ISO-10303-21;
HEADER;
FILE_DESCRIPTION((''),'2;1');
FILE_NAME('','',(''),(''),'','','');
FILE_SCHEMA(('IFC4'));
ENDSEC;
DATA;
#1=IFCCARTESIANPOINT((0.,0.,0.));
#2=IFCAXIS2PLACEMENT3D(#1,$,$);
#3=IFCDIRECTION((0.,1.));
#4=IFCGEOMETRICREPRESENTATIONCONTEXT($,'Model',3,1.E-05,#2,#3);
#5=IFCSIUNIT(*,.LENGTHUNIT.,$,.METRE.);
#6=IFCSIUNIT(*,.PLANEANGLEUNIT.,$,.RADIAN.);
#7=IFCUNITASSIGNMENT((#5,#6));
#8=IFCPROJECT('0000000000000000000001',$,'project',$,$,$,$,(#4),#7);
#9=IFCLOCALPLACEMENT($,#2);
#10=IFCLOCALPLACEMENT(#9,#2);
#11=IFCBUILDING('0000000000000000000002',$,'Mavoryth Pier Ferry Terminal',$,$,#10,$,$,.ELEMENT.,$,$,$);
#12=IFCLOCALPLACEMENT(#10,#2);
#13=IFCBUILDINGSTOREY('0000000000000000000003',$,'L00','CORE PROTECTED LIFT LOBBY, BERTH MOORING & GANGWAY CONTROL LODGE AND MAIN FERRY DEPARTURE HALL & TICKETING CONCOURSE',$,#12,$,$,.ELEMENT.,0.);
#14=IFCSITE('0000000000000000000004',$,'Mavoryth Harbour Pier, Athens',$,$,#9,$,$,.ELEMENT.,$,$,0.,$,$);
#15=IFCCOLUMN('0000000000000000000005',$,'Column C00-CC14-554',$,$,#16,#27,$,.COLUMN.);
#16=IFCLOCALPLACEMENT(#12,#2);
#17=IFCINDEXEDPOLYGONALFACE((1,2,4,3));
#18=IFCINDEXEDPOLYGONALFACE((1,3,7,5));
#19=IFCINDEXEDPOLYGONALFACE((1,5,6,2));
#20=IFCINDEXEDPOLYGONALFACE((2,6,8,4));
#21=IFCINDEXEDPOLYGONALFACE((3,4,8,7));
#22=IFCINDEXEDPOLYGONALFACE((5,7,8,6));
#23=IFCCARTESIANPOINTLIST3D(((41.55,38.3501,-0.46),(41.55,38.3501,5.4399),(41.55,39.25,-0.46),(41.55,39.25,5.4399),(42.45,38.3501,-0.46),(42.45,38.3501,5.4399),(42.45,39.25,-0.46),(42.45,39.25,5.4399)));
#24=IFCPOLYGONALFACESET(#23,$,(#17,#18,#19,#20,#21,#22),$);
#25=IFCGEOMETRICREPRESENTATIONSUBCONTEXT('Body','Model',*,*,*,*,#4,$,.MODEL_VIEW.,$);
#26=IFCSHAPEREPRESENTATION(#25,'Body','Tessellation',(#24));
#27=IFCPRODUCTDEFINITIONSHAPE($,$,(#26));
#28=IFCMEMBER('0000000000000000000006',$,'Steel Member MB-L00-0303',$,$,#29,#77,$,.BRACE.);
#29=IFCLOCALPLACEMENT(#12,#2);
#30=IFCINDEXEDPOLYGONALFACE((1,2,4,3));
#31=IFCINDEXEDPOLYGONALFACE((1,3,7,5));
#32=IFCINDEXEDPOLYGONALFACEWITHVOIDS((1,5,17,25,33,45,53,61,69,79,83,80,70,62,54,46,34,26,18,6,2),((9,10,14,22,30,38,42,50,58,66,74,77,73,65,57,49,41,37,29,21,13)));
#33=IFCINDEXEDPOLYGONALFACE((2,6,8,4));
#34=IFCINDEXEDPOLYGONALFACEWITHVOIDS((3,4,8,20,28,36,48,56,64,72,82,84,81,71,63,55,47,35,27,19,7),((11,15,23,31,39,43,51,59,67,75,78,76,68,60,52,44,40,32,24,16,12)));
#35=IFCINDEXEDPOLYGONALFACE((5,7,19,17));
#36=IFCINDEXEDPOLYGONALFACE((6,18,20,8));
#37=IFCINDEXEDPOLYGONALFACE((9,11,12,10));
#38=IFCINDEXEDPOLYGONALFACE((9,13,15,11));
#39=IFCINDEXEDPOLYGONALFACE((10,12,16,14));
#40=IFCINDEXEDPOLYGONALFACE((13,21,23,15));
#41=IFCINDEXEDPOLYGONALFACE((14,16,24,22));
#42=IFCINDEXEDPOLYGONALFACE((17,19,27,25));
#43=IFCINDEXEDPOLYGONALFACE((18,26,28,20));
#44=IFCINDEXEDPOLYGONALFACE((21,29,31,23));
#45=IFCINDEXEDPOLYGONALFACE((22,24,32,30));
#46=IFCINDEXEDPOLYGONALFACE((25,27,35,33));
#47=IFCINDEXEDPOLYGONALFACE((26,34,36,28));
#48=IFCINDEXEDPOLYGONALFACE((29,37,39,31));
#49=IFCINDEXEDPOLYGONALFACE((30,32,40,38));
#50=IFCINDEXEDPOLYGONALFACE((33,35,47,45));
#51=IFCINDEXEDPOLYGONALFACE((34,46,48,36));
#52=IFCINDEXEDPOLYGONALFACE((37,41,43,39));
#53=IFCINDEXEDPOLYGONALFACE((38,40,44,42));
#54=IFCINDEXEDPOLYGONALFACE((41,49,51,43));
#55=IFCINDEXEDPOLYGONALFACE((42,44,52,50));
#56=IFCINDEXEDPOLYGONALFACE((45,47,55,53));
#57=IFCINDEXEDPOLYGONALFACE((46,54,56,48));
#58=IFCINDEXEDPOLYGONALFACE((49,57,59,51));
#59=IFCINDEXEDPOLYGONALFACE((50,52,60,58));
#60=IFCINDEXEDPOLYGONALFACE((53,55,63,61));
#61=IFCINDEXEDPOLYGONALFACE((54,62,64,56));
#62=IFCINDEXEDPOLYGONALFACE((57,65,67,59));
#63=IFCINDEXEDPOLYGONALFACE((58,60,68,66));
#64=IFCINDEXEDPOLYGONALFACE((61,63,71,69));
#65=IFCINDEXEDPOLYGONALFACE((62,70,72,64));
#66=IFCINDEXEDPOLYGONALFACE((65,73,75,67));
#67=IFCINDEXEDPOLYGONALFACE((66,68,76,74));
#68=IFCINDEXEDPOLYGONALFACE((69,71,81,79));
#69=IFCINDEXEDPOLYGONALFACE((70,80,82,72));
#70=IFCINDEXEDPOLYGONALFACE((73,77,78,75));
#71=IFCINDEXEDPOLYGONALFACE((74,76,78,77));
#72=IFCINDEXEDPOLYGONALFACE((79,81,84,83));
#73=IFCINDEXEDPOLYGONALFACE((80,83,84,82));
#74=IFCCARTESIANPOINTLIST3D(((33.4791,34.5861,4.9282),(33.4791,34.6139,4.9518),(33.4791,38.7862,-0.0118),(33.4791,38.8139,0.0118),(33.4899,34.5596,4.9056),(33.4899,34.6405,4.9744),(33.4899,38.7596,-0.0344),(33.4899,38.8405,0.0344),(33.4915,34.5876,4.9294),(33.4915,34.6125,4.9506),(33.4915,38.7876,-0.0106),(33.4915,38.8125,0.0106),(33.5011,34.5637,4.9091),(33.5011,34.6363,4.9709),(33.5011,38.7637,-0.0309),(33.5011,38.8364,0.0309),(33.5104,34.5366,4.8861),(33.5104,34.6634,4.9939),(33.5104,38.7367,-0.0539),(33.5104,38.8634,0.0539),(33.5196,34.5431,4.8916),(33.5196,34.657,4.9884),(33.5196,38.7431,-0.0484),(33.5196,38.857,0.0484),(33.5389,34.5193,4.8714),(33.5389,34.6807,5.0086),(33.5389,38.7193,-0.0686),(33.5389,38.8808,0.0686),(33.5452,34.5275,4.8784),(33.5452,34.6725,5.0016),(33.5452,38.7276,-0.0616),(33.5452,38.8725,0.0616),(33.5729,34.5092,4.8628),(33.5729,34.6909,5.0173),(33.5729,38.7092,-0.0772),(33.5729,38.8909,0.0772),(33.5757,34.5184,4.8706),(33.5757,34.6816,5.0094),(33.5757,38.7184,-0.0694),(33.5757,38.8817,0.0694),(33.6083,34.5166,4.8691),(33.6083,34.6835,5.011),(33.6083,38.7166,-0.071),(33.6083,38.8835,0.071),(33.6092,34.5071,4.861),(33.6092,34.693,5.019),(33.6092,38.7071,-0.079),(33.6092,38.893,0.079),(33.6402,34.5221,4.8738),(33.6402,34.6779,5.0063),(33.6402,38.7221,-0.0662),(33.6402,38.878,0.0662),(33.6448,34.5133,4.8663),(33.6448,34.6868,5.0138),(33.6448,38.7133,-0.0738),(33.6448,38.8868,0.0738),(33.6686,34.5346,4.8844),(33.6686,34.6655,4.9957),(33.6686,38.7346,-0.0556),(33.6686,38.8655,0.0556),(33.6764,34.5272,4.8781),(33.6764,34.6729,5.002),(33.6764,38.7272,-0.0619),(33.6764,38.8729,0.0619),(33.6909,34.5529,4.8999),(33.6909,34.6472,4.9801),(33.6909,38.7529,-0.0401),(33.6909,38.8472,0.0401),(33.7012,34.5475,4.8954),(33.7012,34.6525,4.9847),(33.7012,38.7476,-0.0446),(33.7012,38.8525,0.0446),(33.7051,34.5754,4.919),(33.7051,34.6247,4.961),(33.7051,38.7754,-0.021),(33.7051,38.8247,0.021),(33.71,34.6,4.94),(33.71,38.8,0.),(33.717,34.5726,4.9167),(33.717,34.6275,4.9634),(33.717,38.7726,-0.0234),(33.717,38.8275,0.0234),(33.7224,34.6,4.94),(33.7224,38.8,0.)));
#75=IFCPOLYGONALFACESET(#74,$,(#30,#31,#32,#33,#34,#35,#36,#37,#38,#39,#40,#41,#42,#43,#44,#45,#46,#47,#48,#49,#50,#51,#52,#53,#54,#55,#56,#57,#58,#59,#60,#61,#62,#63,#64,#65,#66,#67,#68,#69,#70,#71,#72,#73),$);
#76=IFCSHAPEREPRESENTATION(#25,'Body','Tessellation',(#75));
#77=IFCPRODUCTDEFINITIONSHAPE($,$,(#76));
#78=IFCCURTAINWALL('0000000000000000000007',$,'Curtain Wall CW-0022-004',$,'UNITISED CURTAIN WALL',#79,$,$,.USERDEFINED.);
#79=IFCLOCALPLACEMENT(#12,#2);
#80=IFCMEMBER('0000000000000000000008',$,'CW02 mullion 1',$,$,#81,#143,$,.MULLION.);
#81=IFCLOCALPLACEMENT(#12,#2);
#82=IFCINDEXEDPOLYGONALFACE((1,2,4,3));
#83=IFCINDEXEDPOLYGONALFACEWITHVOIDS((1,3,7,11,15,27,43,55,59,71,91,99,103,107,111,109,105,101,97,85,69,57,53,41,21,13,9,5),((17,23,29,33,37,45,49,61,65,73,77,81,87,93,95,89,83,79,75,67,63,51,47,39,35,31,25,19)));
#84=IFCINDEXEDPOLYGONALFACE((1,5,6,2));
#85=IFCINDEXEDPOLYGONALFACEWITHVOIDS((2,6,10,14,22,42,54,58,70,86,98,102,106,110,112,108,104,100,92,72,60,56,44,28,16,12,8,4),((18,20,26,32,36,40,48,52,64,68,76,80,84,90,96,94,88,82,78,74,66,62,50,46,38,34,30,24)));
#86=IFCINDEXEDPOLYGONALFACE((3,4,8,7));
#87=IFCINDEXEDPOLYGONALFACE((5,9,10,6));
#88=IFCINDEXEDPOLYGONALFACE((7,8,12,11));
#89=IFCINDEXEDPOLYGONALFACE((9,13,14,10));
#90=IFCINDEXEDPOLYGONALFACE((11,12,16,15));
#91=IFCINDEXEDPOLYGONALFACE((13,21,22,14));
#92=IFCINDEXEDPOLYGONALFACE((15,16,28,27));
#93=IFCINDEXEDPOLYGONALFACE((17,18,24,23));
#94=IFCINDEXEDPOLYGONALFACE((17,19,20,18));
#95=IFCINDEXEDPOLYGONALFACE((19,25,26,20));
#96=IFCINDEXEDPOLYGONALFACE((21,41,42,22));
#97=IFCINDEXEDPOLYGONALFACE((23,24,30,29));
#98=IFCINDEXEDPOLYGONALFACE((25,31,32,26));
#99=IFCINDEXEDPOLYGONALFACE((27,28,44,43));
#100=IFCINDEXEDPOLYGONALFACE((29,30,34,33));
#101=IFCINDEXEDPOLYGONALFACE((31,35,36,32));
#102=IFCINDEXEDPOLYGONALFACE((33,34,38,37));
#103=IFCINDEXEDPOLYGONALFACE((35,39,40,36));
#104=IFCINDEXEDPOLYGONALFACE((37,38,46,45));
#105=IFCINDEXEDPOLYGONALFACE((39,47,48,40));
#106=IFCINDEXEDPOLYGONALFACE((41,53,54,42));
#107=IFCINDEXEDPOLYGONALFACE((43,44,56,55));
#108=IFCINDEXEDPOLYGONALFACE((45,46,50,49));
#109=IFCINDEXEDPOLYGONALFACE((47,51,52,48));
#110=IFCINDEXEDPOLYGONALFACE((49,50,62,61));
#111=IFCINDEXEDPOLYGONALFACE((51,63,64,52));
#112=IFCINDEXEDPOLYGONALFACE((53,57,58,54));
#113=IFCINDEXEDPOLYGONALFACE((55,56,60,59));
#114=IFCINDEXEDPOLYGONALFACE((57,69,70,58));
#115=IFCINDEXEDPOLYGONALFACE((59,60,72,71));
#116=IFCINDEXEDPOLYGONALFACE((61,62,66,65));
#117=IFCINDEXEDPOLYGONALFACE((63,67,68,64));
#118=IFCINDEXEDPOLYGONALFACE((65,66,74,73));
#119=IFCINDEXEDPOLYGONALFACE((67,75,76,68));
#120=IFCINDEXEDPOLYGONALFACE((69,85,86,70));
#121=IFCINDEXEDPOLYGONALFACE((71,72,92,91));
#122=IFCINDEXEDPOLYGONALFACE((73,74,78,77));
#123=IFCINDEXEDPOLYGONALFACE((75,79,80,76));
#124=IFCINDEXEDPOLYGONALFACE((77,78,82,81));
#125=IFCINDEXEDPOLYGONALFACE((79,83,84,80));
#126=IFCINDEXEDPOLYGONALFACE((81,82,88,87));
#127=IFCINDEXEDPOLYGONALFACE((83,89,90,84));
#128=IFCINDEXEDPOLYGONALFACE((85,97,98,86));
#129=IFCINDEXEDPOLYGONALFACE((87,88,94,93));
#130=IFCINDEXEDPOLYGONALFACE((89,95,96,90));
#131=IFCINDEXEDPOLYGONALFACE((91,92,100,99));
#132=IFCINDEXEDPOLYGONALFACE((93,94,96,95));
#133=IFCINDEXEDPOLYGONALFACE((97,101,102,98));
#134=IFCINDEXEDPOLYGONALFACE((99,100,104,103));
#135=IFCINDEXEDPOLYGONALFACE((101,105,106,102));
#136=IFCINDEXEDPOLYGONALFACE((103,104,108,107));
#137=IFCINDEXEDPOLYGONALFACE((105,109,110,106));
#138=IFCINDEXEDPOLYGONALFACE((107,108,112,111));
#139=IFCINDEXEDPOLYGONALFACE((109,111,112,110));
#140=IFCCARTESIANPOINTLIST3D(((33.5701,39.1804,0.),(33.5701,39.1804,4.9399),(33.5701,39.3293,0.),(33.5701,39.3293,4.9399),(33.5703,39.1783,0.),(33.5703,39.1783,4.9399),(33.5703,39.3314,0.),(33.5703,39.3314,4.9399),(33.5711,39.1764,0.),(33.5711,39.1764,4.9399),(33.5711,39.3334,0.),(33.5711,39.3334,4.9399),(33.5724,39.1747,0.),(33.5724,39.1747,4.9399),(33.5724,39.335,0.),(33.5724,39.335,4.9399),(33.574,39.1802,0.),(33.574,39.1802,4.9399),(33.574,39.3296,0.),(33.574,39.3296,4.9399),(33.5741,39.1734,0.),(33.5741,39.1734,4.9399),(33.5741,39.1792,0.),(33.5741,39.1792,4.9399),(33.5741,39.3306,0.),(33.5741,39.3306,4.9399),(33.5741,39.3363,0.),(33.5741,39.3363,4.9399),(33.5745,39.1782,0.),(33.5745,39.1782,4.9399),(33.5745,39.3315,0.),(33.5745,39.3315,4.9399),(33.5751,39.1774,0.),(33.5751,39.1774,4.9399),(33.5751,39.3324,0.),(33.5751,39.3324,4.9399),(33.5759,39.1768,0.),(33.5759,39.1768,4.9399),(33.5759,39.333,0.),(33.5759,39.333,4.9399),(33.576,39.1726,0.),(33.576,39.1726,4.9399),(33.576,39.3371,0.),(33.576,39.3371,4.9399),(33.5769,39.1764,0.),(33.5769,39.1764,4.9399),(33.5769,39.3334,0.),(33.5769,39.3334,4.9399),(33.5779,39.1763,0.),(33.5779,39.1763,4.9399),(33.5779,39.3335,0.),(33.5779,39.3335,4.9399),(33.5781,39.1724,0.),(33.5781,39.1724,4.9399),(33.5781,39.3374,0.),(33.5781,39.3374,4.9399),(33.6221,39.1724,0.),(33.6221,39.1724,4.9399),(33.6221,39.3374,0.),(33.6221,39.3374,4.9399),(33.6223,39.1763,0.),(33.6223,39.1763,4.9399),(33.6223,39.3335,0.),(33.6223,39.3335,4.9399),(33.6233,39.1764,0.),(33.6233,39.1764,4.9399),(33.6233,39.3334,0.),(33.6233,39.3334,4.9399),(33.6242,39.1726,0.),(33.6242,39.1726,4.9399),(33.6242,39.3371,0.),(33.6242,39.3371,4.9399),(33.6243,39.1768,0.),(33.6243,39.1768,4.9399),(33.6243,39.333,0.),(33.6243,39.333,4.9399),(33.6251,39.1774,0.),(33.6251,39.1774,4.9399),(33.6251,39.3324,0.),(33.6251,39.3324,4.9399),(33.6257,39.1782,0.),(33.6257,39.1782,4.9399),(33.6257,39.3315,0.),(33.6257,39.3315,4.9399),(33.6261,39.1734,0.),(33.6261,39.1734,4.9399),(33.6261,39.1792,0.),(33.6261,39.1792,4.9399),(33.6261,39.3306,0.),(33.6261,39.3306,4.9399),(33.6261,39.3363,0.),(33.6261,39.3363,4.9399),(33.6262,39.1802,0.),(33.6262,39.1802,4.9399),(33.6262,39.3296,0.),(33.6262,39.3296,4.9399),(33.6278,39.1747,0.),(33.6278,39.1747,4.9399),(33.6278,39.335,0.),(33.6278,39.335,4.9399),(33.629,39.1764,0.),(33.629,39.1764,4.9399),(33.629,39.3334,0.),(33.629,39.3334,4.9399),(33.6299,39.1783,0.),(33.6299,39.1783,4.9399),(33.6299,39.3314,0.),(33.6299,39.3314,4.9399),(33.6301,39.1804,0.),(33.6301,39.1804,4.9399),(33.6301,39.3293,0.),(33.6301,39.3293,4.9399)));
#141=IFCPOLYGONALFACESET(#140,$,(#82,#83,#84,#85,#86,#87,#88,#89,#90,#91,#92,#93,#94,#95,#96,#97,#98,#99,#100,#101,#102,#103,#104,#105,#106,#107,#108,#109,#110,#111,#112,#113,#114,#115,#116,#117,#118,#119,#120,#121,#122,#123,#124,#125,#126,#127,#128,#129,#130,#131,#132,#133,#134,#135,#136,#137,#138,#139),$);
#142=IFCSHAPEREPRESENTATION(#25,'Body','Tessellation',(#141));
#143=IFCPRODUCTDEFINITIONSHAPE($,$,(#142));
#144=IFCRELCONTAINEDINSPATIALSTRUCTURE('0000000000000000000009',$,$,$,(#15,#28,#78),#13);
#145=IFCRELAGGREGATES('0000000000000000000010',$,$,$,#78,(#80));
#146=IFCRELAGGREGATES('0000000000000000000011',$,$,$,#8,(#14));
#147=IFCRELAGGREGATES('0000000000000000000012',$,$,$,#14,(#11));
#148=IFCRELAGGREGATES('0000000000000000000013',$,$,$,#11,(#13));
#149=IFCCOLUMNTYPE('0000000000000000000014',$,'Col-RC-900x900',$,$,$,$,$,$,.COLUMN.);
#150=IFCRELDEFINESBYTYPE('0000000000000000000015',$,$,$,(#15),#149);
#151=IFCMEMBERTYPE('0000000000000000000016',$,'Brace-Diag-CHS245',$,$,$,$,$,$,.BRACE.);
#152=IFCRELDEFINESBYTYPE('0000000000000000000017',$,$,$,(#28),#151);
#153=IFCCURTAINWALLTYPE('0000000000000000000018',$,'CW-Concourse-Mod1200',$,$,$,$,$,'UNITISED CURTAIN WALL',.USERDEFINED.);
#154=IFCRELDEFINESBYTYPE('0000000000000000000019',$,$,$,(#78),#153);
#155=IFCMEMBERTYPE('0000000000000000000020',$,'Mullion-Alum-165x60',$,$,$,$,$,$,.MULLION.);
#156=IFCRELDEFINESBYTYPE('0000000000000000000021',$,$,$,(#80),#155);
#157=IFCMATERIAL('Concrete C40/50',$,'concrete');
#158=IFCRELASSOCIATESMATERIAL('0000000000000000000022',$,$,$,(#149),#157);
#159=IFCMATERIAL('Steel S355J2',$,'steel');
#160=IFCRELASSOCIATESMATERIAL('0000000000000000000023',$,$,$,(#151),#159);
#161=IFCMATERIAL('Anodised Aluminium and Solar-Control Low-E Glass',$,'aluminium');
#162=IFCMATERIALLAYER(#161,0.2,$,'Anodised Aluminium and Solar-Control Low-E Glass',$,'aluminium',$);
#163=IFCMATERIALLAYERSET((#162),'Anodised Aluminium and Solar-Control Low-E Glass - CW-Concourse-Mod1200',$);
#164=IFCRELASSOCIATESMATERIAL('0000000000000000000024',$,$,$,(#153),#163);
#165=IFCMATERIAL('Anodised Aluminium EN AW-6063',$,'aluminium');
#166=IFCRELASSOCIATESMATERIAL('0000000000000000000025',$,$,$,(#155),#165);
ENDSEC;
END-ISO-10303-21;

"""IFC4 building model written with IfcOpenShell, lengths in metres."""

from ifc_helpers import new_model, si_unit, direction, frame, origin, origin_2d, place, context, subcontext, project, spatial, rectangle, hollow_rectangle, hollow_circle, extrude, material, layer, layer_set, material_profile, profile_set, type_object, element, aggregate, save


model = new_model("IFC4")

# Units and contexts
model_context = context("Model", 3, precision=1e-05, world=origin(), true_north=direction((0.0, 1.0)))
body_context = subcontext(model_context, "Body", "Model", "MODEL_VIEW")
ifc_project = project(units=[si_unit("LENGTHUNIT", "METRE"), si_unit("PLANEANGLEUNIT", "RADIAN")], contexts=[model_context])

# Site, building, storey
site_placement = place(None, origin())
site = spatial("IfcSite", under=ifc_project, at=site_placement, Name="Mavoryth Harbour Pier, Athens", CompositionType="ELEMENT", RefElevation=0.0)
building_placement = place(site_placement, origin())
building = spatial("IfcBuilding", under=site, at=building_placement, Name="Mavoryth Pier Ferry Terminal", CompositionType="ELEMENT")
storey_placement = place(building_placement, origin())
storey = spatial("IfcBuildingStorey", under=building, at=storey_placement, Name="L00", Description="CORE PROTECTED LIFT LOBBY, BERTH MOORING & GANGWAY CONTROL LODGE AND MAIN FERRY DEPARTURE HALL & TICKETING CONCOURSE", CompositionType="ELEMENT", Elevation=0.0)

# Column
ifc_material_1 = material(Name="Concrete C40/50", Category="concrete")
ifc_material_profile_1 = material_profile(ifc_material_1, rectangle(XDim=0.8999, YDim=0.8999, at=origin_2d()), Name="RC 900x900", Category="concrete")
ifc_profile_set_1 = profile_set([ifc_material_profile_1], Name="Concrete C40/50 - RC 900x900")
column_type_1 = type_object("IfcColumnType", Name="Col-RC-900x900", PredefinedType="COLUMN", material=ifc_profile_set_1)
column_1_placement = place(storey_placement, frame((42.0, 38.8, -0.46), z_axis=(0.0, 0.0, 1.0), x_axis=(1.0, 0.0, 0.0)))
element("IfcColumn", 1, at=column_1_placement, inside=storey, type_object=column_type_1, Name="Column C00-CC14-554", PredefinedType="COLUMN", context=body_context, shape_type="SweptSolid", body=[
    extrude(rectangle(XDim=0.8999, YDim=0.8999, at=origin_2d()), origin(), (0.0, 0.0, 1.0), 5.8999),
])

# Member
ifc_material_2 = material(Name="Steel S355J2", Category="steel")
ifc_material_profile_2 = material_profile(ifc_material_2, hollow_circle(Radius=0.1223, WallThickness=0.0125, at=origin_2d()), Name="CHS 244.5x12.5", Category="steel")
ifc_profile_set_2 = profile_set([ifc_material_profile_2], Name="Steel S355J2 - CHS 244.5x12.5")
member_type_1 = type_object("IfcMemberType", Name="Brace-Diag-CHS245", PredefinedType="BRACE", material=ifc_profile_set_2)
member_1_placement = place(storey_placement, frame((33.6001, 38.8, 0.0), z_axis=(0.0, -0.647738, 0.761863), x_axis=(1.0, 0.0, 0.0)))
element("IfcMember", 2, at=member_1_placement, inside=storey, type_object=member_type_1, Name="Steel Member MB-L00-0303", PredefinedType="BRACE", context=body_context, shape_type="SweptSolid", body=[
    extrude(hollow_circle(Radius=0.1223, WallThickness=0.0125, at=origin_2d()), origin(), (0.0, 0.0, 1.0), 6.4841),
])

# Curtain wall, member
ifc_material_3 = material(Name="Anodised Aluminium and Solar-Control Low-E Glass", Category="aluminium")
ifc_layer_1 = layer(ifc_material_3, 0.2, Name="Anodised Aluminium and Solar-Control Low-E Glass", Category="aluminium")
ifc_layer_set_1 = layer_set([ifc_layer_1], Name="Anodised Aluminium and Solar-Control Low-E Glass - CW-Concourse-Mod1200")
curtain_wall_type = type_object("IfcCurtainWallType", Name="CW-Concourse-Mod1200", ElementType="UNITISED CURTAIN WALL", PredefinedType="USERDEFINED", material=ifc_layer_set_1)
curtain_wall_placement = place(storey_placement, origin())
curtain_wall = element("IfcCurtainWall", 3, at=curtain_wall_placement, inside=storey, type_object=curtain_wall_type, Name="Curtain Wall CW-0022-004", ObjectType="UNITISED CURTAIN WALL", PredefinedType="USERDEFINED")
ifc_material_4 = material(Name="Anodised Aluminium EN AW-6063", Category="aluminium")
ifc_material_profile_3 = material_profile(ifc_material_4, hollow_rectangle(XDim=0.0601, YDim=0.165, WallThickness=0.0039, InnerFilletRadius=0.0039, OuterFilletRadius=0.0081, at=origin_2d()), Name="AL-MULL 165x60x4", Category="aluminium")
ifc_profile_set_3 = profile_set([ifc_material_profile_3], Name="Anodised Aluminium EN AW-6063 - AL-MULL 165x60x4")
member_type_2 = type_object("IfcMemberType", Name="Mullion-Alum-165x60", PredefinedType="MULLION", material=ifc_profile_set_3)
member_2_placement = place(storey_placement, frame((33.6001, 39.2549, 0.0), z_axis=(0.0, 0.0, 1.0), x_axis=(-1.0, 0.0, 0.0)))
member_2 = element("IfcMember", 4, at=member_2_placement, type_object=member_type_2, Name="CW02 mullion 1", PredefinedType="MULLION", context=body_context, shape_type="SweptSolid", body=[
    extrude(hollow_rectangle(XDim=0.0601, YDim=0.165, WallThickness=0.0039, InnerFilletRadius=0.0039, OuterFilletRadius=0.0081, at=origin_2d()), origin(), (0.0, 0.0, 1.0), 4.9399),
])
aggregate(curtain_wall, [member_2])

save(model, "model.ifc")
